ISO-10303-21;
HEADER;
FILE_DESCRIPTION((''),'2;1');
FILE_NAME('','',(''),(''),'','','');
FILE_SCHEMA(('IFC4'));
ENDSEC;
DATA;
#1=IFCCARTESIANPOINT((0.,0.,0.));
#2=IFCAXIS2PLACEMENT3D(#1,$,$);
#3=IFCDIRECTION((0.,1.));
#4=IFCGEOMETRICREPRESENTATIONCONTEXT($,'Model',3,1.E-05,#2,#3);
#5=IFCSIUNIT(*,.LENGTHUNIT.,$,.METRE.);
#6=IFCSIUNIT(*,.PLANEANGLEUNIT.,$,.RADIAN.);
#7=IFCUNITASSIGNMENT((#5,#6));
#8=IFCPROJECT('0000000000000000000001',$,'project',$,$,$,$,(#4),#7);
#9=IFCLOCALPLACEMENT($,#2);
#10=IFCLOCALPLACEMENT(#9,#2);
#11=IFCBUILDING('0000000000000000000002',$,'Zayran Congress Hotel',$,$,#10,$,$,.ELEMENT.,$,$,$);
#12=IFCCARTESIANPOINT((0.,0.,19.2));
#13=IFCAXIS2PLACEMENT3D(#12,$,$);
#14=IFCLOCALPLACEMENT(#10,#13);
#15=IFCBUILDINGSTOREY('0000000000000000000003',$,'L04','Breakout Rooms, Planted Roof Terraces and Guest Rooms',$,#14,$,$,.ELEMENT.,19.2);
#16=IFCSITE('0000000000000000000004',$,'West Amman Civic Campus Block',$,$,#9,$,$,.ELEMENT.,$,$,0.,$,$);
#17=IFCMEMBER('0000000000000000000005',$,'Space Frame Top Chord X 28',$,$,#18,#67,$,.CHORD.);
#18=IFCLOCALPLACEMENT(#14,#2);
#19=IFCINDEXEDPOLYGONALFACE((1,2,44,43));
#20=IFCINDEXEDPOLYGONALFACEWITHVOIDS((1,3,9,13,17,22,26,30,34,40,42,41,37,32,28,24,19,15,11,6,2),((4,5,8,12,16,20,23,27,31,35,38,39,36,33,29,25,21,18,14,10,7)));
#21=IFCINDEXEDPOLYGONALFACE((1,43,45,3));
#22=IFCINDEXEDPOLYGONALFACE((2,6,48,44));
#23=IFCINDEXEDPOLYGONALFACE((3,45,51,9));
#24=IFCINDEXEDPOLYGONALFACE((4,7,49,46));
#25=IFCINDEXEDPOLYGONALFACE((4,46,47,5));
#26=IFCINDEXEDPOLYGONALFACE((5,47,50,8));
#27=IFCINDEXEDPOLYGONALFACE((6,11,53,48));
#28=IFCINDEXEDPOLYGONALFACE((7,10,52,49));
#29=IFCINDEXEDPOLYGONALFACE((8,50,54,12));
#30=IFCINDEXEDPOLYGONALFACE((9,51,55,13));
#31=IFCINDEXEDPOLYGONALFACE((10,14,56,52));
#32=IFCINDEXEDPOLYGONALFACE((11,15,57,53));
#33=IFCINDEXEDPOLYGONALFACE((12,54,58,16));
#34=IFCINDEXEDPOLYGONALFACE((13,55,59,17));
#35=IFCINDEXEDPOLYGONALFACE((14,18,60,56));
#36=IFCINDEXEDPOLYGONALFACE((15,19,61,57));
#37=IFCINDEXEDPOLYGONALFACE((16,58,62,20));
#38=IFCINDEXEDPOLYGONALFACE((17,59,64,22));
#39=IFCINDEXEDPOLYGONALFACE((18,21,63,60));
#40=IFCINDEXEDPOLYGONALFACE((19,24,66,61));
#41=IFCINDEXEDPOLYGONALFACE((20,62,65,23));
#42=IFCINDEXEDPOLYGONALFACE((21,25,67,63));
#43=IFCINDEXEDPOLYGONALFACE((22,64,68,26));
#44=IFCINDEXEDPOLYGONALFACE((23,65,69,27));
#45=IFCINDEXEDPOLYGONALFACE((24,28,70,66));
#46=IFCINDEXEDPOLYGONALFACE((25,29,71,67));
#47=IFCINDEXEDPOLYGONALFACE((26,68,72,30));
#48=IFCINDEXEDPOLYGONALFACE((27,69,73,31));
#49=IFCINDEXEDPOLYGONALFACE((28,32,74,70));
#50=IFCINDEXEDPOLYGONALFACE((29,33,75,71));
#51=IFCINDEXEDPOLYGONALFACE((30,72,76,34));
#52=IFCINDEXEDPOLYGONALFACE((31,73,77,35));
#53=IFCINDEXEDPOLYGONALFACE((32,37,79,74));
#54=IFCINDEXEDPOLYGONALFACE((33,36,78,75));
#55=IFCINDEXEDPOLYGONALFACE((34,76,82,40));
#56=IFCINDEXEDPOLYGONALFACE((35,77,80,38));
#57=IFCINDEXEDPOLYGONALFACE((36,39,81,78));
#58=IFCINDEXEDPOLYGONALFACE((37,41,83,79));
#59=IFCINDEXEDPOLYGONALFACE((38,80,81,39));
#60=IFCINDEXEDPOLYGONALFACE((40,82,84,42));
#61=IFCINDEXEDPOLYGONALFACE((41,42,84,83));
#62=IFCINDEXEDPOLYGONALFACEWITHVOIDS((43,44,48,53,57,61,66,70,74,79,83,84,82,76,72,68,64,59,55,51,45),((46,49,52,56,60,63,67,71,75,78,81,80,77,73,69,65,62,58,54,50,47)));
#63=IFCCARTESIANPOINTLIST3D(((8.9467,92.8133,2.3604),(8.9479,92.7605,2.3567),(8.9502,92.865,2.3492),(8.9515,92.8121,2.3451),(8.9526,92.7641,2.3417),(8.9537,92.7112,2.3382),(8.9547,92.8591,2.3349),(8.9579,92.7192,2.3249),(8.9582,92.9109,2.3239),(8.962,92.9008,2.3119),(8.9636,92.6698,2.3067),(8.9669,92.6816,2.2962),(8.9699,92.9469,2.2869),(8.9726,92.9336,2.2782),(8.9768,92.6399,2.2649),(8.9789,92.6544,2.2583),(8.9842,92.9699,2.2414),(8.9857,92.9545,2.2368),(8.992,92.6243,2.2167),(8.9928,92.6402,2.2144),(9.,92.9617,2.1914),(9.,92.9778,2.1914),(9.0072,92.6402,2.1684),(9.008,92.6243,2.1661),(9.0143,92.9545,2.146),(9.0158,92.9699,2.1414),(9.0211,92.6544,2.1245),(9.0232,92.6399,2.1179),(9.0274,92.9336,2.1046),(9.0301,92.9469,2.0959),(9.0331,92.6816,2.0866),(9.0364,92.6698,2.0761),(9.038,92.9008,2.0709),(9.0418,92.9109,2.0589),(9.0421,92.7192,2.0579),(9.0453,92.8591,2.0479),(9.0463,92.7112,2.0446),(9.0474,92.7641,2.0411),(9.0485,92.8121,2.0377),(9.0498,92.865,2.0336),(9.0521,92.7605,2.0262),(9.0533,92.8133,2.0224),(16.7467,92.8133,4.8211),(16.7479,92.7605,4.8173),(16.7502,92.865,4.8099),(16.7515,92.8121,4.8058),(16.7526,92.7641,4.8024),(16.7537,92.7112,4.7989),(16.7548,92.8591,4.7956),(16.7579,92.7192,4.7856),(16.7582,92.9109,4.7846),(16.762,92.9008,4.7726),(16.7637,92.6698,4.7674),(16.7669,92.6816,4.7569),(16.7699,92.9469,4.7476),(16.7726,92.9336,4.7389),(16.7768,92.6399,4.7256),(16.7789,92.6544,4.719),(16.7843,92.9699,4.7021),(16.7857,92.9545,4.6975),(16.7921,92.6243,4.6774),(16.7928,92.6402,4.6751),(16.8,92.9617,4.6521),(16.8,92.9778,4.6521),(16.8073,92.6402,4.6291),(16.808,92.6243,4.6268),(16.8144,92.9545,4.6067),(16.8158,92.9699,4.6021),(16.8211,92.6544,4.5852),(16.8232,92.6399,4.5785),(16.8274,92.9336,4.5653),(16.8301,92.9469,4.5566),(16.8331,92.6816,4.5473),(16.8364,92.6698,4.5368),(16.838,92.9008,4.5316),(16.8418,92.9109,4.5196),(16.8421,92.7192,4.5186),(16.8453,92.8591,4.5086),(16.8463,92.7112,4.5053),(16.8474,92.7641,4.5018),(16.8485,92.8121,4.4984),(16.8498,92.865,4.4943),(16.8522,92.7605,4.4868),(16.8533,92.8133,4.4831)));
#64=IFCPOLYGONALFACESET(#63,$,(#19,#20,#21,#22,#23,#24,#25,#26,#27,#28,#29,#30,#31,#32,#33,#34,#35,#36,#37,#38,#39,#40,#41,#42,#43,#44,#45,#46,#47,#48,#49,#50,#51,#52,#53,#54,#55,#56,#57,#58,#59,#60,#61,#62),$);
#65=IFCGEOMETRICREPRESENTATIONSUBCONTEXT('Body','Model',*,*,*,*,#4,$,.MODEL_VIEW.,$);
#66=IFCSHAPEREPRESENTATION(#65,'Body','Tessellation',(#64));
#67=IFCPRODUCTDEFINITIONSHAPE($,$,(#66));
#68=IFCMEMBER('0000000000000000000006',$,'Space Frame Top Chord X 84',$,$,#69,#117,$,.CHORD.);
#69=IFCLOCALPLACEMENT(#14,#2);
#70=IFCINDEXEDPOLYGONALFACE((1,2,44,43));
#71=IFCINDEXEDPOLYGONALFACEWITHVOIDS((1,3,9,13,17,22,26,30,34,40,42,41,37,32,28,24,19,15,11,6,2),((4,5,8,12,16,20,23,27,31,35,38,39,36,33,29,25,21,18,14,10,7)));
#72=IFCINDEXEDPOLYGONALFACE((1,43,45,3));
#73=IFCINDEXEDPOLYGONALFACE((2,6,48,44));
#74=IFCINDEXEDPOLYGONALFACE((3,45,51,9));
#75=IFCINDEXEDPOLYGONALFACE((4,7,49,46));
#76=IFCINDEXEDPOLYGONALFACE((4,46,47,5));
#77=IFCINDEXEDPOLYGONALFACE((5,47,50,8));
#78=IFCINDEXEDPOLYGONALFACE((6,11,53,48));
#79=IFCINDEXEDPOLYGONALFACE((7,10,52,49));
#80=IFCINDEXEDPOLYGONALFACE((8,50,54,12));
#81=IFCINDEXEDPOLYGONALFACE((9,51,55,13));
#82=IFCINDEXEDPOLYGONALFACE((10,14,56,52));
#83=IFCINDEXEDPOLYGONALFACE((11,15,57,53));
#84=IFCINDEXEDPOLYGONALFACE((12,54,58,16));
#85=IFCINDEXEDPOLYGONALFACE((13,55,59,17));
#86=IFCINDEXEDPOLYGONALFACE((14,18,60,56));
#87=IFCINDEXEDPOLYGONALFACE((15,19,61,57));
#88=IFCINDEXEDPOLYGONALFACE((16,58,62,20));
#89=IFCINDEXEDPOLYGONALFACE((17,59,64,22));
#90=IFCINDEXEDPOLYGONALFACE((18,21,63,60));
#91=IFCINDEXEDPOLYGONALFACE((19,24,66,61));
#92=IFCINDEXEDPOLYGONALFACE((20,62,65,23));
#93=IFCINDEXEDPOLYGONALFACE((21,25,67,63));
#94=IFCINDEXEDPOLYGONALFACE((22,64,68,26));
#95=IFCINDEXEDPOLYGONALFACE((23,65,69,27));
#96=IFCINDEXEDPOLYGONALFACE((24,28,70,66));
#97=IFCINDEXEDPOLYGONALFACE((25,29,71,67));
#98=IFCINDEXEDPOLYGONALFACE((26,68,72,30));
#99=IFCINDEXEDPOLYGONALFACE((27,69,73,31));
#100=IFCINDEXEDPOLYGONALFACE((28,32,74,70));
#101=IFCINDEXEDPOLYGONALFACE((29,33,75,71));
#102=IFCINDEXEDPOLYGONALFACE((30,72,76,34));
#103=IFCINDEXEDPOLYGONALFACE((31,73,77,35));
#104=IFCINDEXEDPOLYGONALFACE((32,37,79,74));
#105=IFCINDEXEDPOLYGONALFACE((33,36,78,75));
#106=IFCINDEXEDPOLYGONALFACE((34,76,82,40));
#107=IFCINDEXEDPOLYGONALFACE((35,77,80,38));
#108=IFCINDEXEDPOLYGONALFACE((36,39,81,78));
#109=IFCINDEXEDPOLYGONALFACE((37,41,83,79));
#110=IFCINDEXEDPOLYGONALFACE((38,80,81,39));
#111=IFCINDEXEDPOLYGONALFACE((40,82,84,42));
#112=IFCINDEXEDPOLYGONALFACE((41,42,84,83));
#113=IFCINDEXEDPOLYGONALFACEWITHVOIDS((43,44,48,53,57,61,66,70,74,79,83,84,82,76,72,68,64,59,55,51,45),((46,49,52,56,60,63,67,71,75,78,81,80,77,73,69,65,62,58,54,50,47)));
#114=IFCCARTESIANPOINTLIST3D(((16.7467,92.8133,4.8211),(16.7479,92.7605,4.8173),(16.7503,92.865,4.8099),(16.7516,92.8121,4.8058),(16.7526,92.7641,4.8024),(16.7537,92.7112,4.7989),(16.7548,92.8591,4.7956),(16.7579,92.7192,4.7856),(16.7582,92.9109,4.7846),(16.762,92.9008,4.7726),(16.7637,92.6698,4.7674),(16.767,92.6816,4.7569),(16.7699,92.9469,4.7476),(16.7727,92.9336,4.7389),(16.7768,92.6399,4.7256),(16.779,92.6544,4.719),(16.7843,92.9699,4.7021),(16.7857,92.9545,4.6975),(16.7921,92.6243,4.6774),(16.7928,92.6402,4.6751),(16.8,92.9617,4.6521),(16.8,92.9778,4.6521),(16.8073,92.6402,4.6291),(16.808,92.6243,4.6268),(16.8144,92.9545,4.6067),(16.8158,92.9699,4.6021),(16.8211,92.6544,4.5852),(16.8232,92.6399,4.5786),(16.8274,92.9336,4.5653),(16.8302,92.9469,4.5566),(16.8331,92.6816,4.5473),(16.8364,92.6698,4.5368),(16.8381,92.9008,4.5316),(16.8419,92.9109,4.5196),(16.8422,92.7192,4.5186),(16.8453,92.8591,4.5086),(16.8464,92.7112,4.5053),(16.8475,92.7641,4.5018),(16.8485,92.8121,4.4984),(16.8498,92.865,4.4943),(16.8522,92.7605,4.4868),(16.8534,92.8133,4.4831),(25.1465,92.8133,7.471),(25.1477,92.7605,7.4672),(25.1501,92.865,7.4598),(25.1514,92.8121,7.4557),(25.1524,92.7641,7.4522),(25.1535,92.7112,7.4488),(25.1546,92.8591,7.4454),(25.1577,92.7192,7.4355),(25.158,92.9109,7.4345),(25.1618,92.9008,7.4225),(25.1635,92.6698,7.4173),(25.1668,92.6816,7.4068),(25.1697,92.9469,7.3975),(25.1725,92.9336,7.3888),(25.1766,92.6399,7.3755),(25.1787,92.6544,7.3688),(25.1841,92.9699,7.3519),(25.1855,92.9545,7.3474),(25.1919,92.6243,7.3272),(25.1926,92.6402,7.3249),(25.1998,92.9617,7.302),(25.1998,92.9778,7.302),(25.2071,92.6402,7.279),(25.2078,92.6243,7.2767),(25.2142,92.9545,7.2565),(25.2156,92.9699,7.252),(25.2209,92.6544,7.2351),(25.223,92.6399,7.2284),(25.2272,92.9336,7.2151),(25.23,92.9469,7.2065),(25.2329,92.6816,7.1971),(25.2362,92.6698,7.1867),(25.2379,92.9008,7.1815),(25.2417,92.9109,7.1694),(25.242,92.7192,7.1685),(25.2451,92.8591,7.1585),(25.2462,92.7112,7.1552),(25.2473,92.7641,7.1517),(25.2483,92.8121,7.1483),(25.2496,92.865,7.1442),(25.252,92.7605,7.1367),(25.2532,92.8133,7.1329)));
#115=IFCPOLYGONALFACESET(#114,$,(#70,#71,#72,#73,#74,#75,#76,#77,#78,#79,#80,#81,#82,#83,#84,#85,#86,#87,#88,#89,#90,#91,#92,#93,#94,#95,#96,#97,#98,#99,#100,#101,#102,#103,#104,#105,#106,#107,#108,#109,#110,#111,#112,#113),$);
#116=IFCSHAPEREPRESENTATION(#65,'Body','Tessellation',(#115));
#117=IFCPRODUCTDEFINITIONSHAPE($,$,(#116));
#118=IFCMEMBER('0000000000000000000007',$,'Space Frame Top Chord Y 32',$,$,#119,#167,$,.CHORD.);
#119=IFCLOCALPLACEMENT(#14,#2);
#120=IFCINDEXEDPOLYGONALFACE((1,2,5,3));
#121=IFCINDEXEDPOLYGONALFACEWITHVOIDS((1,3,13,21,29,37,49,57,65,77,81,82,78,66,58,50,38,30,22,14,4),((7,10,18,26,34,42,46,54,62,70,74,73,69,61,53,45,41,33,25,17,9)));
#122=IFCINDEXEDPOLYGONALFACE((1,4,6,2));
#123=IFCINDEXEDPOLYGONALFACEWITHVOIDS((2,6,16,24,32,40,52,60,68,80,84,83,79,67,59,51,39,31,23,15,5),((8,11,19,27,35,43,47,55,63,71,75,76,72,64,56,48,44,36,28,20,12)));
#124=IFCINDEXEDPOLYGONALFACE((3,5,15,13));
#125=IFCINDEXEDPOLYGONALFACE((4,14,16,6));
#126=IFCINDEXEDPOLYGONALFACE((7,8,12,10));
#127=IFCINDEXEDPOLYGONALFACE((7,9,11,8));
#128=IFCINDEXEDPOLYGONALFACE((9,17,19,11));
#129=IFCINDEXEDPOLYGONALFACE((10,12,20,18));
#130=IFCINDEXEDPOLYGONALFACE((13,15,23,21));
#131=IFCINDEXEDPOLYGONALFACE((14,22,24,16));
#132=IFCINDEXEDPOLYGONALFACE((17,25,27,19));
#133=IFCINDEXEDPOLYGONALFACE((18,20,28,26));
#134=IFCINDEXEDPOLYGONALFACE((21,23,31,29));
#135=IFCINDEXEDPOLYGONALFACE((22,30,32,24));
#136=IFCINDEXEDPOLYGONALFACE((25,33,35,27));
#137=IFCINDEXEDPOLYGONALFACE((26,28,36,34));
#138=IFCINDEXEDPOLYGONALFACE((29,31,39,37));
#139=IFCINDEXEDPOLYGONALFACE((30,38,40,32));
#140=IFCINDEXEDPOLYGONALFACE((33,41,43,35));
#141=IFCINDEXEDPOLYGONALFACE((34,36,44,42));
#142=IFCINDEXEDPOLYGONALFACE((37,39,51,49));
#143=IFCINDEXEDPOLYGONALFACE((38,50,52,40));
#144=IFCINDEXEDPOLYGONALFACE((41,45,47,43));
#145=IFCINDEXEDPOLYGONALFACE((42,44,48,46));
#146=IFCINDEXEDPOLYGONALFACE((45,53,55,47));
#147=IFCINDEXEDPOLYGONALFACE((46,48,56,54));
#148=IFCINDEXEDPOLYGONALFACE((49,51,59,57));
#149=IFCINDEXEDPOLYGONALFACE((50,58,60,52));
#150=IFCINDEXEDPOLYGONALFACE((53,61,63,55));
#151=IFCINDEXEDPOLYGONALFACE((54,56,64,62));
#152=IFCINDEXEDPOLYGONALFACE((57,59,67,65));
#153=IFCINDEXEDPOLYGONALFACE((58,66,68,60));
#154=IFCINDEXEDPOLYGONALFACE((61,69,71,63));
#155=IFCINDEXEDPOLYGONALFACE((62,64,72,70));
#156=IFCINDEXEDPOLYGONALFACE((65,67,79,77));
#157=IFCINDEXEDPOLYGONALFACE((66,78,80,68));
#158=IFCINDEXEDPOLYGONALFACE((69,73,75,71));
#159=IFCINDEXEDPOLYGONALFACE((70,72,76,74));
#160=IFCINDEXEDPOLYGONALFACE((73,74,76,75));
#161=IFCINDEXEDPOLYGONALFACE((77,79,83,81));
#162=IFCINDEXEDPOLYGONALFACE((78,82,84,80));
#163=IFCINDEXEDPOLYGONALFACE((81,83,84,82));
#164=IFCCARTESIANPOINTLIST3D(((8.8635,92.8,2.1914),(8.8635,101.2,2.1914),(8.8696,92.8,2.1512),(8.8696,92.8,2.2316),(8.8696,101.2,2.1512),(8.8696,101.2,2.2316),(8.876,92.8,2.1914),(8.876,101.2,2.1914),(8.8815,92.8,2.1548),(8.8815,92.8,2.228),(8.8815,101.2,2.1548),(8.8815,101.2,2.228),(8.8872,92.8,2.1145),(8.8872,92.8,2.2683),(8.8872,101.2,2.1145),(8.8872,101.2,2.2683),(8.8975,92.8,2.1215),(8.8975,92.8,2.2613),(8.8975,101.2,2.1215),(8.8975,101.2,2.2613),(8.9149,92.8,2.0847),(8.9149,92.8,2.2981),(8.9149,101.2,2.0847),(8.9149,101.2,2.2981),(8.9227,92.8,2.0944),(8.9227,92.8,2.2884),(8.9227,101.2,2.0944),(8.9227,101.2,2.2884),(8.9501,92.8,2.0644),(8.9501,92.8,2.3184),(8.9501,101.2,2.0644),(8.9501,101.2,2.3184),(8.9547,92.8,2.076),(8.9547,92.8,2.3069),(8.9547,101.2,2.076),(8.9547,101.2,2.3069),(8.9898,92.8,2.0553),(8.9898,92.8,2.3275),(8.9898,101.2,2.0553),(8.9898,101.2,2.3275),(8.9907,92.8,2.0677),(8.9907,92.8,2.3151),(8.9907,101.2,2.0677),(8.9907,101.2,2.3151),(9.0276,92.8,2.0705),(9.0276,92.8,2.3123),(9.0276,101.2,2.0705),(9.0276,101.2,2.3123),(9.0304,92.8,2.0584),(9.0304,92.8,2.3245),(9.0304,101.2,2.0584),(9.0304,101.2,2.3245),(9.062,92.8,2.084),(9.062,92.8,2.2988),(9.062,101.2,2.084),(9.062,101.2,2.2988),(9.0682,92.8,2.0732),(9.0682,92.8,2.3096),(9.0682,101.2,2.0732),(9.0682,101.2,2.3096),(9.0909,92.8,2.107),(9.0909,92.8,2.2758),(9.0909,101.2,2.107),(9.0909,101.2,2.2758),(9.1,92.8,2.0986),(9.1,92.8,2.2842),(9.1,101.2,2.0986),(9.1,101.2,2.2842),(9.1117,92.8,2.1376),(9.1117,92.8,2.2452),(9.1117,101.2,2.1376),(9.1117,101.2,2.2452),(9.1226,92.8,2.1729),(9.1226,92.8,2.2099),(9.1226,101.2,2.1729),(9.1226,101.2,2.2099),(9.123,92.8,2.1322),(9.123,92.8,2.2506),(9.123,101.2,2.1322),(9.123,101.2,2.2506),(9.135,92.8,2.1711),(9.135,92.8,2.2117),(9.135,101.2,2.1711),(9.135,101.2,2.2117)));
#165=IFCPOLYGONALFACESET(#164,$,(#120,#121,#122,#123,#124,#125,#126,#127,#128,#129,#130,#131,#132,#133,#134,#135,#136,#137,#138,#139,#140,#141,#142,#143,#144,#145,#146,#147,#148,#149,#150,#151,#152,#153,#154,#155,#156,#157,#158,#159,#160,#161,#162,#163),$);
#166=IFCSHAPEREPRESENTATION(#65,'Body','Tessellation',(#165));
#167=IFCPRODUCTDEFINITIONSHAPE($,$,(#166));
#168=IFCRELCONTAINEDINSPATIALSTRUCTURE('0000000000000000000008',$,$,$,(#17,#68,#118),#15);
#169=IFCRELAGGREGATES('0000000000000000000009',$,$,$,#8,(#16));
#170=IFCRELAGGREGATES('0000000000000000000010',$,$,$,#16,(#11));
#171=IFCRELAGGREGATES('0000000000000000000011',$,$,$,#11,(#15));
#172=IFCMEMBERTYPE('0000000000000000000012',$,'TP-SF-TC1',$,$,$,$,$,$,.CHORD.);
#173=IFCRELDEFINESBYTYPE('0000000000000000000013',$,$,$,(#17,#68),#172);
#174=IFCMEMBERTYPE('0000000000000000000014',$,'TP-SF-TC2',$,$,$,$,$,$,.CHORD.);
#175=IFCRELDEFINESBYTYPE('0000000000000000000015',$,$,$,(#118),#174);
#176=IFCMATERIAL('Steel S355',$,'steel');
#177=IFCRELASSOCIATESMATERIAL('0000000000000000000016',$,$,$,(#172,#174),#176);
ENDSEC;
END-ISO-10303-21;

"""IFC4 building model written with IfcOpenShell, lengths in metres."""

from ifc_helpers import new_model, si_unit, direction, frame, origin, origin_2d, place, context, subcontext, project, spatial, hollow_circle, extrude, material, material_profile, profile_set, type_object, element, save


model = new_model("IFC4")

# Units and contexts
model_context = context("Model", 3, precision=1e-05, world=origin(), true_north=direction((0.0, 1.0)))
body_context = subcontext(model_context, "Body", "Model", "MODEL_VIEW")
ifc_project = project(units=[si_unit("LENGTHUNIT", "METRE"), si_unit("PLANEANGLEUNIT", "RADIAN")], contexts=[model_context])

# Site, building, storey
site_placement = place(None, origin())
site = spatial("IfcSite", under=ifc_project, at=site_placement, Name="West Amman Civic Campus Block", CompositionType="ELEMENT", RefElevation=0.0)
building_placement = place(site_placement, origin())
building = spatial("IfcBuilding", under=site, at=building_placement, Name="Zayran Congress Hotel", CompositionType="ELEMENT")
storey_placement = place(building_placement, frame((0.0, 0.0, 19.2)))
storey = spatial("IfcBuildingStorey", under=building, at=storey_placement, Name="L04", Description="Breakout Rooms, Planted Roof Terraces and Guest Rooms", CompositionType="ELEMENT", Elevation=19.2)

# Members
ifc_material_1 = material(Name="Steel S355", Category="steel")
ifc_material_profile_1 = material_profile(ifc_material_1, hollow_circle(Radius=0.1777, WallThickness=0.0161, at=origin_2d()), Name="CHS 355.6x16")
ifc_profile_set_1 = profile_set([ifc_material_profile_1], Name="Steel S355")
member_type_1 = type_object("IfcMemberType", Name="TP-SF-TC1", PredefinedType="CHORD", material=ifc_profile_set_1)
member_1_placement = place(storey_placement, frame((9.0, 92.8, 2.1914), z_axis=(0.95367, 0.0, 0.300856), x_axis=(0.0, 1.0, 0.0)))
element("IfcMember", 1, at=member_1_placement, inside=storey, type_object=member_type_1, Name="Space Frame Top Chord X 28", PredefinedType="CHORD", context=body_context, shape_type="SweptSolid", body=[
    extrude(hollow_circle(Radius=0.1777, WallThickness=0.0161, at=origin_2d()), origin(), (0.0, 0.0, 1.0), 8.179),
])
member_2_placement = place(storey_placement, frame((16.8, 92.8, 4.6521), z_axis=(0.953671, 0.0, 0.300853), x_axis=(0.0, 1.0, 0.0)))
element("IfcMember", 2, at=member_2_placement, inside=storey, type_object=member_type_1, Name="Space Frame Top Chord X 84", PredefinedType="CHORD", context=body_context, shape_type="SweptSolid", body=[
    extrude(hollow_circle(Radius=0.1777, WallThickness=0.0161, at=origin_2d()), origin(), (0.0, 0.0, 1.0), 8.8079),
])
ifc_material_profile_2 = material_profile(ifc_material_1, hollow_circle(Radius=0.1365, WallThickness=0.0125, at=origin_2d()), Name="CHS 273x12.5")
ifc_profile_set_2 = profile_set([ifc_material_profile_2], Name="Steel S355")
member_type_2 = type_object("IfcMemberType", Name="TP-SF-TC2", PredefinedType="CHORD", material=ifc_profile_set_2)
member_3_placement = place(storey_placement, frame((9.0, 92.8, 2.1914), z_axis=(0.0, 1.0, 0.0), x_axis=(-1.0, 0.0, 0.0)))
element("IfcMember", 3, at=member_3_placement, inside=storey, type_object=member_type_2, Name="Space Frame Top Chord Y 32", PredefinedType="CHORD", context=body_context, shape_type="SweptSolid", body=[
    extrude(hollow_circle(Radius=0.1365, WallThickness=0.0125, at=origin_2d()), origin(), (0.0, 0.0, 1.0), 8.3999),
])

save(model, "model.ifc")
